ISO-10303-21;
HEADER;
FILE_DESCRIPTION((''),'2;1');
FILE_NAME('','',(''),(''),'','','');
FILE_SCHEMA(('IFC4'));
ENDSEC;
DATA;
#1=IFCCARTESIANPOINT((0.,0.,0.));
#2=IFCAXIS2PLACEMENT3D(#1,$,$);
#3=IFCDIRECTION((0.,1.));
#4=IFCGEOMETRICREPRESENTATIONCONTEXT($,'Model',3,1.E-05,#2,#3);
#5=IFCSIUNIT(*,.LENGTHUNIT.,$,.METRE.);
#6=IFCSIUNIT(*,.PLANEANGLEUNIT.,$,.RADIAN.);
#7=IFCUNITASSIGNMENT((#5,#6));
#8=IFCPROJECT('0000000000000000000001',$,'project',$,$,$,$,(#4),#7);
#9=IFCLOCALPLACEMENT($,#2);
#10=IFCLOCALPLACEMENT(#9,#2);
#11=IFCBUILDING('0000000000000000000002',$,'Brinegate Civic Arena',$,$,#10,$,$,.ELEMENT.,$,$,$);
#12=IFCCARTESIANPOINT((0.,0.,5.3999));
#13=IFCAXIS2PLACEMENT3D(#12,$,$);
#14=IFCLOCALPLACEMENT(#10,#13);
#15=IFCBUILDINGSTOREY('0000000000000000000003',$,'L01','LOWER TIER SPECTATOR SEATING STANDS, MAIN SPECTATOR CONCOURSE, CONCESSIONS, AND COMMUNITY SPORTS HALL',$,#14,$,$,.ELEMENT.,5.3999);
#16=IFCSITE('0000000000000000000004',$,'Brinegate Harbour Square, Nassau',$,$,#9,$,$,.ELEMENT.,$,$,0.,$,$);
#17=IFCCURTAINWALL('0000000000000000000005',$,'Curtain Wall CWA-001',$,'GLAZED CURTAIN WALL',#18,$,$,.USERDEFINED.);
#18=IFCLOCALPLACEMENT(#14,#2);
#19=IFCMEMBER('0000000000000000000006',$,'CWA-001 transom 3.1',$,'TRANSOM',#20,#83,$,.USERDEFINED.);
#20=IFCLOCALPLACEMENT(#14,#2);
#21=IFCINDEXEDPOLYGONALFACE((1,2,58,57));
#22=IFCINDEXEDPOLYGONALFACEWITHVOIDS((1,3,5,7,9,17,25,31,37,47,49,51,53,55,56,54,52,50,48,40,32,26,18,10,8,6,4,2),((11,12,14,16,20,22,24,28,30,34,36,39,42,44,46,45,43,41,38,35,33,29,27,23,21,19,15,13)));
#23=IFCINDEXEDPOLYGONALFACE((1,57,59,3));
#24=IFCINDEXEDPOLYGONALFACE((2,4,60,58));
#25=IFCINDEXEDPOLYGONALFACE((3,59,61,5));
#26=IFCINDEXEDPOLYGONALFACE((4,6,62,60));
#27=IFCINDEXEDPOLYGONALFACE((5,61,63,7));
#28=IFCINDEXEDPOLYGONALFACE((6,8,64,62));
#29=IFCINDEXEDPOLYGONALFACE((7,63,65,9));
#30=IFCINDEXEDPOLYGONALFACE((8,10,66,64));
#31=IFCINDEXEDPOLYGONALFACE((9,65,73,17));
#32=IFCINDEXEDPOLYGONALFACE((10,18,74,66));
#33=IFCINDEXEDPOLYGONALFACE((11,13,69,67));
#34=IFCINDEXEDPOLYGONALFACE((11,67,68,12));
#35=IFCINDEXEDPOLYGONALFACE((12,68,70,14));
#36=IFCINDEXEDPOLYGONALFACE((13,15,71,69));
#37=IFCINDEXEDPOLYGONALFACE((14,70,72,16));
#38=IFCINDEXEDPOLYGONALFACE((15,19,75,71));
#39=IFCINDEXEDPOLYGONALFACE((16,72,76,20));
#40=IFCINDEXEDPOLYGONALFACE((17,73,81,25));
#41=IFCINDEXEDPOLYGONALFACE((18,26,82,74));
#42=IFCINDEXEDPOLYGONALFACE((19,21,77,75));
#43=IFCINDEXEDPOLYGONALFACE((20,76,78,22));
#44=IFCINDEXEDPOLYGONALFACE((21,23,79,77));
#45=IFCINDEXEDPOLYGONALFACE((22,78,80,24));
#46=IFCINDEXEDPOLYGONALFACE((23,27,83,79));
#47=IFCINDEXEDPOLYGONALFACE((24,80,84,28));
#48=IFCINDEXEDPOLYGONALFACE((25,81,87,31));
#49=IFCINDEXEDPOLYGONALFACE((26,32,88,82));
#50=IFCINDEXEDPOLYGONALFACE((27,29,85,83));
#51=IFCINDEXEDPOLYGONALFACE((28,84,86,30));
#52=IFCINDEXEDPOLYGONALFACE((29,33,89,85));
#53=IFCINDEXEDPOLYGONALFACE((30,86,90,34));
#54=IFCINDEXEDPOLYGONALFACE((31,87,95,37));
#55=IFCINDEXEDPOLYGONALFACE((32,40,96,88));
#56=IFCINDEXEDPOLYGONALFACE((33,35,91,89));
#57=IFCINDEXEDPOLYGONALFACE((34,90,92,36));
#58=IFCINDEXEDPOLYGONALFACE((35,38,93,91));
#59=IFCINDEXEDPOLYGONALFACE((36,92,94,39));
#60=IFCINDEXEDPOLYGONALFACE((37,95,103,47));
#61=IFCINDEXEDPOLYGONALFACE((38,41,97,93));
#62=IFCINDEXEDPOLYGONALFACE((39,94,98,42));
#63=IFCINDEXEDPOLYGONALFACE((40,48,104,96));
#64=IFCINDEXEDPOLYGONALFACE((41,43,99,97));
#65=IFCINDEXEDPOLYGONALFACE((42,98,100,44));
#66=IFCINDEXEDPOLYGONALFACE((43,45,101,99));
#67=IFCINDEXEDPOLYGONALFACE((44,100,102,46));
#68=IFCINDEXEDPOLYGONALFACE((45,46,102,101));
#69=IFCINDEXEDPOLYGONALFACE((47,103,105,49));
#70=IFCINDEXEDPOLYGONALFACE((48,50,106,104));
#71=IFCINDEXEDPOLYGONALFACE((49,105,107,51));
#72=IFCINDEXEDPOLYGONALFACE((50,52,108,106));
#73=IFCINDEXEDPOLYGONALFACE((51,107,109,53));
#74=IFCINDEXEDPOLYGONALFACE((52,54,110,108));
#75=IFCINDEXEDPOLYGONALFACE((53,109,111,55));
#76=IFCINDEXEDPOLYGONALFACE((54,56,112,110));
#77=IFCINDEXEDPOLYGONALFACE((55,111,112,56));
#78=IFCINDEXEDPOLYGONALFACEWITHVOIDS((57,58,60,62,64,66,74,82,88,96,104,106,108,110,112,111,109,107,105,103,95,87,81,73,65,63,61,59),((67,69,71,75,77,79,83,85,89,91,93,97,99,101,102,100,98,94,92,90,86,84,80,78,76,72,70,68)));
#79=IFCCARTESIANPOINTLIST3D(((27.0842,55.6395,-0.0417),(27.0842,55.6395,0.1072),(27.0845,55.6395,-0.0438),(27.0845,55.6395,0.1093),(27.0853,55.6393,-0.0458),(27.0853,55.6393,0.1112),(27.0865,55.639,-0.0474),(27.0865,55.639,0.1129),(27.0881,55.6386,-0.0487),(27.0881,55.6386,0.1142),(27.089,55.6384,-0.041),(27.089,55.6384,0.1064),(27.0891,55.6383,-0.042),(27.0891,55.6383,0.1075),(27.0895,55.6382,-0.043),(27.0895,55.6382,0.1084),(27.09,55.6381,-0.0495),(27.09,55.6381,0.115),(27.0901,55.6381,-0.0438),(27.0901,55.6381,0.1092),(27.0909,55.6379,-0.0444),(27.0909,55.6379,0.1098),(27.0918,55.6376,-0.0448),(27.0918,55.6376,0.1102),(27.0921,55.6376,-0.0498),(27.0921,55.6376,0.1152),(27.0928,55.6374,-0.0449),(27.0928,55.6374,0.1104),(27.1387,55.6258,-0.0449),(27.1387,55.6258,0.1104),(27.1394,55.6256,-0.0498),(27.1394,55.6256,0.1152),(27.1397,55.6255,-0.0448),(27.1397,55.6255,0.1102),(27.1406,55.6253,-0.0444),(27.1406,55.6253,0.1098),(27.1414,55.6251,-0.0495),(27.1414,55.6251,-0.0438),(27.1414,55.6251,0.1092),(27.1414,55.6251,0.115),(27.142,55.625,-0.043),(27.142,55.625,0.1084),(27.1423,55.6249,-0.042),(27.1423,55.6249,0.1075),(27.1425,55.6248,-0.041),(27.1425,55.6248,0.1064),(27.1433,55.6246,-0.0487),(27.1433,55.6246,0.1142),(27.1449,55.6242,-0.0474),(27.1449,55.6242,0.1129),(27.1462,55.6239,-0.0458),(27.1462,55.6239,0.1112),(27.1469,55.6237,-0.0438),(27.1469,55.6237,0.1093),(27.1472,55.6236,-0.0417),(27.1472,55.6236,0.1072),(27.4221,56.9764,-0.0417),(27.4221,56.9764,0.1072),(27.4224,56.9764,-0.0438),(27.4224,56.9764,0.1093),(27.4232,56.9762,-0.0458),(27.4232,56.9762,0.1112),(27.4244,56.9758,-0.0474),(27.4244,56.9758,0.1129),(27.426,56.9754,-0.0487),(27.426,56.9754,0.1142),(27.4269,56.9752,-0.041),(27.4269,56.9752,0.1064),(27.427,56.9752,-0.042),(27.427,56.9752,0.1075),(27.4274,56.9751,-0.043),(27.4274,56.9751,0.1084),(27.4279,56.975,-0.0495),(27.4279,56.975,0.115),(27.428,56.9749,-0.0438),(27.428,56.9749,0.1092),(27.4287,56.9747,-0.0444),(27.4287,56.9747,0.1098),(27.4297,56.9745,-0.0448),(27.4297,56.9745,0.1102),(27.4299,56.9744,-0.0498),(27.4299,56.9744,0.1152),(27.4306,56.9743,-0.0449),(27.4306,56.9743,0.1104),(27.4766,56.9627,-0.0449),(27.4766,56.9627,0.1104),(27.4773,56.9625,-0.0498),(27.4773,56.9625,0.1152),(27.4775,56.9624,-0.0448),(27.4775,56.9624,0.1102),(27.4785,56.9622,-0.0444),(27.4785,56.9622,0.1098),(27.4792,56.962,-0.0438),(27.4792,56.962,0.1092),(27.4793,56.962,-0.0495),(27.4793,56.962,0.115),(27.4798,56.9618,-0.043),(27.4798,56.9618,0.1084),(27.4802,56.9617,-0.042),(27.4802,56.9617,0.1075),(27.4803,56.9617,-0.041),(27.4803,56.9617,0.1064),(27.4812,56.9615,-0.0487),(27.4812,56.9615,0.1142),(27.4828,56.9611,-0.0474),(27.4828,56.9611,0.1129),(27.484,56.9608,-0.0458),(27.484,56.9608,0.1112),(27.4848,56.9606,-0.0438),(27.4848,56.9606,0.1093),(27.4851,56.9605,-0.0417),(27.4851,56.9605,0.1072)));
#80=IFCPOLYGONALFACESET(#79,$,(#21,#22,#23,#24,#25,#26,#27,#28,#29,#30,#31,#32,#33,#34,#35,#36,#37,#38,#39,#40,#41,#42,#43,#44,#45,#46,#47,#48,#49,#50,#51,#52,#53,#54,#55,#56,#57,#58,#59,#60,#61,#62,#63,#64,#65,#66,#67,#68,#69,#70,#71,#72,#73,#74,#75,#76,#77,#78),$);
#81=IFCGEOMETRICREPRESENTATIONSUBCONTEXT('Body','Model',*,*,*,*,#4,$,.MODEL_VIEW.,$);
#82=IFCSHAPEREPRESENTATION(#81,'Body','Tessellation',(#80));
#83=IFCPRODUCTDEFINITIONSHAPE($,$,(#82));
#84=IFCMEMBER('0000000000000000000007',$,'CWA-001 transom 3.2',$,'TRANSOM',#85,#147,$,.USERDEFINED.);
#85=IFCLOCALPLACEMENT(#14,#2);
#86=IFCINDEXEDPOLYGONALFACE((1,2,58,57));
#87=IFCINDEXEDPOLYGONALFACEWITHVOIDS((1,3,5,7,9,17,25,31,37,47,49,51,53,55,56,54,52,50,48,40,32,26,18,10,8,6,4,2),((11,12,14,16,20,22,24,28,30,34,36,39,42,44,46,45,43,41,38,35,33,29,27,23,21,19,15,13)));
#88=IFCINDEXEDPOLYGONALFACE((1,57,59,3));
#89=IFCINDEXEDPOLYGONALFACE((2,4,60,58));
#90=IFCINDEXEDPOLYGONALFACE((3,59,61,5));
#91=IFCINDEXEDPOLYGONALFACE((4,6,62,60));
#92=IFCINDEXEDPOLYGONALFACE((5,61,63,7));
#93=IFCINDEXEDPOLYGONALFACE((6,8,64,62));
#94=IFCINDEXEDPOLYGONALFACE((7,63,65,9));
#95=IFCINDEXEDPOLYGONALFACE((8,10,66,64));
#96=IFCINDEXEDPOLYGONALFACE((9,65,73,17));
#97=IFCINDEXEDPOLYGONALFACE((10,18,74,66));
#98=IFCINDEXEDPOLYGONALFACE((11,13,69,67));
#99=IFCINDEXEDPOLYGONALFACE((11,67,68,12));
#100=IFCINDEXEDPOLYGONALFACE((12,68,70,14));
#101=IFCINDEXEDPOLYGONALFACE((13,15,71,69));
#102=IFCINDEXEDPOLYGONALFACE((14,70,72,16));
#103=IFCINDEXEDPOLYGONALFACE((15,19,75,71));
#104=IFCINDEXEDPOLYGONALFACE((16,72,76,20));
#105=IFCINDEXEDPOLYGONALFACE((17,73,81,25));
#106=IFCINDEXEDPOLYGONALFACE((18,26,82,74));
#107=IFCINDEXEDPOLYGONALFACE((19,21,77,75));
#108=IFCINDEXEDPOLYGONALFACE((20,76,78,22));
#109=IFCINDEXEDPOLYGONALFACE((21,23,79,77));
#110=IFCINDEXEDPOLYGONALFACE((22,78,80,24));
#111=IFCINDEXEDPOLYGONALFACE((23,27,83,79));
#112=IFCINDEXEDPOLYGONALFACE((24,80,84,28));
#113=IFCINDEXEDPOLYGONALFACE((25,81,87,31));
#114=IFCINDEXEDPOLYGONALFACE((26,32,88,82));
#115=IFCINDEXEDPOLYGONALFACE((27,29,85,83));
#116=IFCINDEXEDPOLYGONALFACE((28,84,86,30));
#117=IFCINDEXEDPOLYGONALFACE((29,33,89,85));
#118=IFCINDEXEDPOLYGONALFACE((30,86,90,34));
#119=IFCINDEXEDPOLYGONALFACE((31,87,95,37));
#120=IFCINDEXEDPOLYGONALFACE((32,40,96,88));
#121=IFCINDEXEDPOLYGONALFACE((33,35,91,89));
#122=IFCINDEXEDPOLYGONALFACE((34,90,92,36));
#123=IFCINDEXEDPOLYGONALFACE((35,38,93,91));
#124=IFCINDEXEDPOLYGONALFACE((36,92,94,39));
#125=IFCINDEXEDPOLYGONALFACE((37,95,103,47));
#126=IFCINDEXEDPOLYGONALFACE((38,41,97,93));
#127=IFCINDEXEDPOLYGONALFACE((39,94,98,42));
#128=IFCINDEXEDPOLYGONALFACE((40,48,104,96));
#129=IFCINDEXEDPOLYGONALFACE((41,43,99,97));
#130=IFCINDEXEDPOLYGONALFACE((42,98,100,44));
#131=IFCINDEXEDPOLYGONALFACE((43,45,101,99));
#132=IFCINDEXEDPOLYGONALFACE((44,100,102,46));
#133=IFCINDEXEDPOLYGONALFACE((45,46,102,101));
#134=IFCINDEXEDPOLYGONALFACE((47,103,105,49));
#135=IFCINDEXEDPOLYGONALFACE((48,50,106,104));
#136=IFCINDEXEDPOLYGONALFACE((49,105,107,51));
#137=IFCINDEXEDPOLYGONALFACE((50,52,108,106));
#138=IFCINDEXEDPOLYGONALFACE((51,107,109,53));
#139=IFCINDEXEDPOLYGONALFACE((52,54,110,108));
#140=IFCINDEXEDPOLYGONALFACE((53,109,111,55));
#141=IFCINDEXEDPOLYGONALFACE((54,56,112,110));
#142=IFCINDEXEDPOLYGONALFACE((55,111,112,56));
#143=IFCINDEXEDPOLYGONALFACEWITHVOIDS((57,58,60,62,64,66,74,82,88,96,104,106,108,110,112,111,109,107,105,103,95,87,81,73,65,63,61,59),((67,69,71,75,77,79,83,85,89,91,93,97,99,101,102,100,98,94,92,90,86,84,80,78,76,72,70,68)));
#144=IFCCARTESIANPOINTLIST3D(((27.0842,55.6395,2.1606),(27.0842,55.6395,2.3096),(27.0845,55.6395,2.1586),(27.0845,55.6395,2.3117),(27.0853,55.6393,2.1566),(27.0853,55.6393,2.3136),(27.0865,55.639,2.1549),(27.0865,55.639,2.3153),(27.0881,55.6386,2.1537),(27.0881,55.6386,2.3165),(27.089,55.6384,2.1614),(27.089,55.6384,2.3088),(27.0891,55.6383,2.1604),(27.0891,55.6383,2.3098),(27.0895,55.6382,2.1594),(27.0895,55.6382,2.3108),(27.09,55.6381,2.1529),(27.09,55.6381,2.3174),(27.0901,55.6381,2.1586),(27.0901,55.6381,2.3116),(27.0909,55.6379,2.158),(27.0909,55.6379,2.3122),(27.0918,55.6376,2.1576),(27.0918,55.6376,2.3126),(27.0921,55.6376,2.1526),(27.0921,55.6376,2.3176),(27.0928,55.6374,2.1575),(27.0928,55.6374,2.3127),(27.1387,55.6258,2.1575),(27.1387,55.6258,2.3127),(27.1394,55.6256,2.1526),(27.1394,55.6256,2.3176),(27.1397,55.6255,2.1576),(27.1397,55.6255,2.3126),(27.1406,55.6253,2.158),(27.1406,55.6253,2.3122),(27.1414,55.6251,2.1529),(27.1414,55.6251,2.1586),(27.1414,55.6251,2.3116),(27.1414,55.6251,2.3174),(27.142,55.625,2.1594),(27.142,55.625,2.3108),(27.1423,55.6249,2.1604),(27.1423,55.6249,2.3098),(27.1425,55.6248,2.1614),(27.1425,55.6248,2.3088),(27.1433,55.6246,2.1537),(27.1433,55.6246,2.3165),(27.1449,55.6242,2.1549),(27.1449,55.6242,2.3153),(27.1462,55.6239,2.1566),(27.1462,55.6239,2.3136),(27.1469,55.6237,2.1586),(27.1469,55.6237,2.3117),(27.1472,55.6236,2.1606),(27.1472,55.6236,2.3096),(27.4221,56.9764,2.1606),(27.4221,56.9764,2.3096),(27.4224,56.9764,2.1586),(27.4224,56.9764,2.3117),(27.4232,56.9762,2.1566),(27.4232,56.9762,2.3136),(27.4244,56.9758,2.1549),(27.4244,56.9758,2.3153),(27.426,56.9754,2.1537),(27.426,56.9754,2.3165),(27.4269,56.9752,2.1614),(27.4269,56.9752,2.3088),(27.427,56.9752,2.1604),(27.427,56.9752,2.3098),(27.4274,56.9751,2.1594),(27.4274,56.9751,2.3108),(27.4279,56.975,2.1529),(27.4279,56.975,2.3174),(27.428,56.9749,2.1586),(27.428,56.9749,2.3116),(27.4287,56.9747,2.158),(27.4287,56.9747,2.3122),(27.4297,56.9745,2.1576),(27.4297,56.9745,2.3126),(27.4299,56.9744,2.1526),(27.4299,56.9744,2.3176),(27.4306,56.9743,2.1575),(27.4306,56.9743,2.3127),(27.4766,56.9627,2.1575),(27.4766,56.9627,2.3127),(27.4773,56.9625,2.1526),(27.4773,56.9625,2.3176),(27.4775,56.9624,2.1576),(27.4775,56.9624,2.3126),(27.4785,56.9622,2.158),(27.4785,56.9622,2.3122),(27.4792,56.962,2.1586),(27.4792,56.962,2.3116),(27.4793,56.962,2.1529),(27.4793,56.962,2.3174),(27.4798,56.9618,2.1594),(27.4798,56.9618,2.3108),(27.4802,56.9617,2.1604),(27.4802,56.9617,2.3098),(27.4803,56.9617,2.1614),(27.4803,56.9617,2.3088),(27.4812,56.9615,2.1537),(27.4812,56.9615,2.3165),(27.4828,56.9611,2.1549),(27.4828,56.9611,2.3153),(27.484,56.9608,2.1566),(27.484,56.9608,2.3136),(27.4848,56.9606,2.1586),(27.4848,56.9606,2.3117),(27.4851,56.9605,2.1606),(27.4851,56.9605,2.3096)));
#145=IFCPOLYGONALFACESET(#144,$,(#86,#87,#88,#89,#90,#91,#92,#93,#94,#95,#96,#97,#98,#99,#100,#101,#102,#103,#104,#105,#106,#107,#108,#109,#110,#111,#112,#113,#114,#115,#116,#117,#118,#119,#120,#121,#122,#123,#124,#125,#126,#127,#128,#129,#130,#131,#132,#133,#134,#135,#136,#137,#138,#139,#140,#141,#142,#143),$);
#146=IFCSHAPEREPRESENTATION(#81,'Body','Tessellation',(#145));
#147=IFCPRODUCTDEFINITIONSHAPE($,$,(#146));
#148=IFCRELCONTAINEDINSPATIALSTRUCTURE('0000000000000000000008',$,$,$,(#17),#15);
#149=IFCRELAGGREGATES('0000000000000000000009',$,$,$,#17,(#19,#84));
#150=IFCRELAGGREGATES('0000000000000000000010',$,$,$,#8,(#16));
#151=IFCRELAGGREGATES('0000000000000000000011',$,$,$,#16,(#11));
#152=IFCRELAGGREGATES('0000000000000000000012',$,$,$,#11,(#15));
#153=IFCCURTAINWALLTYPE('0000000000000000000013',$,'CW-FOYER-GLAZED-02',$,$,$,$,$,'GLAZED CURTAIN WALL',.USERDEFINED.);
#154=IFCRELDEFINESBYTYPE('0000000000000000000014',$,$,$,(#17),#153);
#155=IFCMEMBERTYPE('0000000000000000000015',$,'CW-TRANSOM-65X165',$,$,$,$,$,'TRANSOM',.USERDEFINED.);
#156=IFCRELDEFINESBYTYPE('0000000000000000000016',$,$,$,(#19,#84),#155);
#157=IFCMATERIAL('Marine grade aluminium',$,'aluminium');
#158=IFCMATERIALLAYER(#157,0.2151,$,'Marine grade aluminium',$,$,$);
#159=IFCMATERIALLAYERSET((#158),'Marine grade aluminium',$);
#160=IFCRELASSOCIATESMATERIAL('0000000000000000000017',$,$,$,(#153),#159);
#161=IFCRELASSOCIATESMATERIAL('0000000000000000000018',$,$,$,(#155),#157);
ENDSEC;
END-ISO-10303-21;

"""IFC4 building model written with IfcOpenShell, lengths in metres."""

from ifc_helpers import new_model, si_unit, direction, frame, origin, origin_2d, place, context, subcontext, project, spatial, hollow_rectangle, extrude, material, layer, layer_set, material_profile, profile_set, type_object, element, aggregate, save


model = new_model("IFC4")

# Units and contexts
model_context = context("Model", 3, precision=1e-05, world=origin(), true_north=direction((0.0, 1.0)))
body_context = subcontext(model_context, "Body", "Model", "MODEL_VIEW")
ifc_project = project(units=[si_unit("LENGTHUNIT", "METRE"), si_unit("PLANEANGLEUNIT", "RADIAN")], contexts=[model_context])

# Site, building, storey
site_placement = place(None, origin())
site = spatial("IfcSite", under=ifc_project, at=site_placement, Name="Brinegate Harbour Square, Nassau", CompositionType="ELEMENT", RefElevation=0.0)
building_placement = place(site_placement, origin())
building = spatial("IfcBuilding", under=site, at=building_placement, Name="Brinegate Civic Arena", CompositionType="ELEMENT")
storey_placement = place(building_placement, frame((0.0, 0.0, 5.3999)))
storey = spatial("IfcBuildingStorey", under=building, at=storey_placement, Name="L01", Description="LOWER TIER SPECTATOR SEATING STANDS, MAIN SPECTATOR CONCOURSE, CONCESSIONS, AND COMMUNITY SPORTS HALL", CompositionType="ELEMENT", Elevation=5.3999)

# Curtain wall, members
ifc_material_1 = material(Name="Marine grade aluminium", Category="aluminium")
ifc_layer_1 = layer(ifc_material_1, 0.2151, Name="Marine grade aluminium")
ifc_layer_set_1 = layer_set([ifc_layer_1], Name="Marine grade aluminium")
curtain_wall_type = type_object("IfcCurtainWallType", Name="CW-FOYER-GLAZED-02", ElementType="GLAZED CURTAIN WALL", PredefinedType="USERDEFINED", material=ifc_layer_set_1)
curtain_wall_placement = place(storey_placement, origin())
curtain_wall = element("IfcCurtainWall", 1, at=curtain_wall_placement, inside=storey, type_object=curtain_wall_type, Name="Curtain Wall CWA-001", ObjectType="GLAZED CURTAIN WALL", PredefinedType="USERDEFINED")
ifc_material_profile_1 = material_profile(ifc_material_1, hollow_rectangle(XDim=0.0649, YDim=0.165, WallThickness=0.0049, InnerFilletRadius=0.0039, OuterFilletRadius=0.0081, at=origin_2d()), Name="TRN65X165")
ifc_profile_set_1 = profile_set([ifc_material_profile_1], Name="Marine grade aluminium")
member_type_1 = type_object("IfcMemberType", Name="CW-TRANSOM-65X165", ElementType="TRANSOM", PredefinedType="USERDEFINED", material=ifc_profile_set_1)
member_1_placement = place(storey_placement, frame((27.1157, 55.6316, 0.0327), z_axis=(0.245034, 0.969514, 0.0), x_axis=(-0.969514, 0.245034, 0.0)))
member_1 = element("IfcMember", 2, at=member_1_placement, type_object=member_type_1, Name="CWA-001 transom 3.1", ObjectType="TRANSOM", PredefinedType="USERDEFINED", context=body_context, shape_type="SweptSolid", body=[
    extrude(hollow_rectangle(XDim=0.0649, YDim=0.165, WallThickness=0.0049, InnerFilletRadius=0.0039, OuterFilletRadius=0.0081, at=origin_2d()), origin(), (0.0, 0.0, 1.0), 1.3789),
])
member_2_placement = place(storey_placement, frame((27.1157, 55.6316, 2.2351), z_axis=(0.245034, 0.969514, 0.0), x_axis=(-0.969514, 0.245034, 0.0)))
member_2 = element("IfcMember", 3, at=member_2_placement, type_object=member_type_1, Name="CWA-001 transom 3.2", ObjectType="TRANSOM", PredefinedType="USERDEFINED", context=body_context, shape_type="SweptSolid", body=[
    extrude(hollow_rectangle(XDim=0.0649, YDim=0.165, WallThickness=0.0049, InnerFilletRadius=0.0039, OuterFilletRadius=0.0081, at=origin_2d()), origin(), (0.0, 0.0, 1.0), 1.3789),
])
aggregate(curtain_wall, [member_1, member_2])

save(model, "model.ifc")
